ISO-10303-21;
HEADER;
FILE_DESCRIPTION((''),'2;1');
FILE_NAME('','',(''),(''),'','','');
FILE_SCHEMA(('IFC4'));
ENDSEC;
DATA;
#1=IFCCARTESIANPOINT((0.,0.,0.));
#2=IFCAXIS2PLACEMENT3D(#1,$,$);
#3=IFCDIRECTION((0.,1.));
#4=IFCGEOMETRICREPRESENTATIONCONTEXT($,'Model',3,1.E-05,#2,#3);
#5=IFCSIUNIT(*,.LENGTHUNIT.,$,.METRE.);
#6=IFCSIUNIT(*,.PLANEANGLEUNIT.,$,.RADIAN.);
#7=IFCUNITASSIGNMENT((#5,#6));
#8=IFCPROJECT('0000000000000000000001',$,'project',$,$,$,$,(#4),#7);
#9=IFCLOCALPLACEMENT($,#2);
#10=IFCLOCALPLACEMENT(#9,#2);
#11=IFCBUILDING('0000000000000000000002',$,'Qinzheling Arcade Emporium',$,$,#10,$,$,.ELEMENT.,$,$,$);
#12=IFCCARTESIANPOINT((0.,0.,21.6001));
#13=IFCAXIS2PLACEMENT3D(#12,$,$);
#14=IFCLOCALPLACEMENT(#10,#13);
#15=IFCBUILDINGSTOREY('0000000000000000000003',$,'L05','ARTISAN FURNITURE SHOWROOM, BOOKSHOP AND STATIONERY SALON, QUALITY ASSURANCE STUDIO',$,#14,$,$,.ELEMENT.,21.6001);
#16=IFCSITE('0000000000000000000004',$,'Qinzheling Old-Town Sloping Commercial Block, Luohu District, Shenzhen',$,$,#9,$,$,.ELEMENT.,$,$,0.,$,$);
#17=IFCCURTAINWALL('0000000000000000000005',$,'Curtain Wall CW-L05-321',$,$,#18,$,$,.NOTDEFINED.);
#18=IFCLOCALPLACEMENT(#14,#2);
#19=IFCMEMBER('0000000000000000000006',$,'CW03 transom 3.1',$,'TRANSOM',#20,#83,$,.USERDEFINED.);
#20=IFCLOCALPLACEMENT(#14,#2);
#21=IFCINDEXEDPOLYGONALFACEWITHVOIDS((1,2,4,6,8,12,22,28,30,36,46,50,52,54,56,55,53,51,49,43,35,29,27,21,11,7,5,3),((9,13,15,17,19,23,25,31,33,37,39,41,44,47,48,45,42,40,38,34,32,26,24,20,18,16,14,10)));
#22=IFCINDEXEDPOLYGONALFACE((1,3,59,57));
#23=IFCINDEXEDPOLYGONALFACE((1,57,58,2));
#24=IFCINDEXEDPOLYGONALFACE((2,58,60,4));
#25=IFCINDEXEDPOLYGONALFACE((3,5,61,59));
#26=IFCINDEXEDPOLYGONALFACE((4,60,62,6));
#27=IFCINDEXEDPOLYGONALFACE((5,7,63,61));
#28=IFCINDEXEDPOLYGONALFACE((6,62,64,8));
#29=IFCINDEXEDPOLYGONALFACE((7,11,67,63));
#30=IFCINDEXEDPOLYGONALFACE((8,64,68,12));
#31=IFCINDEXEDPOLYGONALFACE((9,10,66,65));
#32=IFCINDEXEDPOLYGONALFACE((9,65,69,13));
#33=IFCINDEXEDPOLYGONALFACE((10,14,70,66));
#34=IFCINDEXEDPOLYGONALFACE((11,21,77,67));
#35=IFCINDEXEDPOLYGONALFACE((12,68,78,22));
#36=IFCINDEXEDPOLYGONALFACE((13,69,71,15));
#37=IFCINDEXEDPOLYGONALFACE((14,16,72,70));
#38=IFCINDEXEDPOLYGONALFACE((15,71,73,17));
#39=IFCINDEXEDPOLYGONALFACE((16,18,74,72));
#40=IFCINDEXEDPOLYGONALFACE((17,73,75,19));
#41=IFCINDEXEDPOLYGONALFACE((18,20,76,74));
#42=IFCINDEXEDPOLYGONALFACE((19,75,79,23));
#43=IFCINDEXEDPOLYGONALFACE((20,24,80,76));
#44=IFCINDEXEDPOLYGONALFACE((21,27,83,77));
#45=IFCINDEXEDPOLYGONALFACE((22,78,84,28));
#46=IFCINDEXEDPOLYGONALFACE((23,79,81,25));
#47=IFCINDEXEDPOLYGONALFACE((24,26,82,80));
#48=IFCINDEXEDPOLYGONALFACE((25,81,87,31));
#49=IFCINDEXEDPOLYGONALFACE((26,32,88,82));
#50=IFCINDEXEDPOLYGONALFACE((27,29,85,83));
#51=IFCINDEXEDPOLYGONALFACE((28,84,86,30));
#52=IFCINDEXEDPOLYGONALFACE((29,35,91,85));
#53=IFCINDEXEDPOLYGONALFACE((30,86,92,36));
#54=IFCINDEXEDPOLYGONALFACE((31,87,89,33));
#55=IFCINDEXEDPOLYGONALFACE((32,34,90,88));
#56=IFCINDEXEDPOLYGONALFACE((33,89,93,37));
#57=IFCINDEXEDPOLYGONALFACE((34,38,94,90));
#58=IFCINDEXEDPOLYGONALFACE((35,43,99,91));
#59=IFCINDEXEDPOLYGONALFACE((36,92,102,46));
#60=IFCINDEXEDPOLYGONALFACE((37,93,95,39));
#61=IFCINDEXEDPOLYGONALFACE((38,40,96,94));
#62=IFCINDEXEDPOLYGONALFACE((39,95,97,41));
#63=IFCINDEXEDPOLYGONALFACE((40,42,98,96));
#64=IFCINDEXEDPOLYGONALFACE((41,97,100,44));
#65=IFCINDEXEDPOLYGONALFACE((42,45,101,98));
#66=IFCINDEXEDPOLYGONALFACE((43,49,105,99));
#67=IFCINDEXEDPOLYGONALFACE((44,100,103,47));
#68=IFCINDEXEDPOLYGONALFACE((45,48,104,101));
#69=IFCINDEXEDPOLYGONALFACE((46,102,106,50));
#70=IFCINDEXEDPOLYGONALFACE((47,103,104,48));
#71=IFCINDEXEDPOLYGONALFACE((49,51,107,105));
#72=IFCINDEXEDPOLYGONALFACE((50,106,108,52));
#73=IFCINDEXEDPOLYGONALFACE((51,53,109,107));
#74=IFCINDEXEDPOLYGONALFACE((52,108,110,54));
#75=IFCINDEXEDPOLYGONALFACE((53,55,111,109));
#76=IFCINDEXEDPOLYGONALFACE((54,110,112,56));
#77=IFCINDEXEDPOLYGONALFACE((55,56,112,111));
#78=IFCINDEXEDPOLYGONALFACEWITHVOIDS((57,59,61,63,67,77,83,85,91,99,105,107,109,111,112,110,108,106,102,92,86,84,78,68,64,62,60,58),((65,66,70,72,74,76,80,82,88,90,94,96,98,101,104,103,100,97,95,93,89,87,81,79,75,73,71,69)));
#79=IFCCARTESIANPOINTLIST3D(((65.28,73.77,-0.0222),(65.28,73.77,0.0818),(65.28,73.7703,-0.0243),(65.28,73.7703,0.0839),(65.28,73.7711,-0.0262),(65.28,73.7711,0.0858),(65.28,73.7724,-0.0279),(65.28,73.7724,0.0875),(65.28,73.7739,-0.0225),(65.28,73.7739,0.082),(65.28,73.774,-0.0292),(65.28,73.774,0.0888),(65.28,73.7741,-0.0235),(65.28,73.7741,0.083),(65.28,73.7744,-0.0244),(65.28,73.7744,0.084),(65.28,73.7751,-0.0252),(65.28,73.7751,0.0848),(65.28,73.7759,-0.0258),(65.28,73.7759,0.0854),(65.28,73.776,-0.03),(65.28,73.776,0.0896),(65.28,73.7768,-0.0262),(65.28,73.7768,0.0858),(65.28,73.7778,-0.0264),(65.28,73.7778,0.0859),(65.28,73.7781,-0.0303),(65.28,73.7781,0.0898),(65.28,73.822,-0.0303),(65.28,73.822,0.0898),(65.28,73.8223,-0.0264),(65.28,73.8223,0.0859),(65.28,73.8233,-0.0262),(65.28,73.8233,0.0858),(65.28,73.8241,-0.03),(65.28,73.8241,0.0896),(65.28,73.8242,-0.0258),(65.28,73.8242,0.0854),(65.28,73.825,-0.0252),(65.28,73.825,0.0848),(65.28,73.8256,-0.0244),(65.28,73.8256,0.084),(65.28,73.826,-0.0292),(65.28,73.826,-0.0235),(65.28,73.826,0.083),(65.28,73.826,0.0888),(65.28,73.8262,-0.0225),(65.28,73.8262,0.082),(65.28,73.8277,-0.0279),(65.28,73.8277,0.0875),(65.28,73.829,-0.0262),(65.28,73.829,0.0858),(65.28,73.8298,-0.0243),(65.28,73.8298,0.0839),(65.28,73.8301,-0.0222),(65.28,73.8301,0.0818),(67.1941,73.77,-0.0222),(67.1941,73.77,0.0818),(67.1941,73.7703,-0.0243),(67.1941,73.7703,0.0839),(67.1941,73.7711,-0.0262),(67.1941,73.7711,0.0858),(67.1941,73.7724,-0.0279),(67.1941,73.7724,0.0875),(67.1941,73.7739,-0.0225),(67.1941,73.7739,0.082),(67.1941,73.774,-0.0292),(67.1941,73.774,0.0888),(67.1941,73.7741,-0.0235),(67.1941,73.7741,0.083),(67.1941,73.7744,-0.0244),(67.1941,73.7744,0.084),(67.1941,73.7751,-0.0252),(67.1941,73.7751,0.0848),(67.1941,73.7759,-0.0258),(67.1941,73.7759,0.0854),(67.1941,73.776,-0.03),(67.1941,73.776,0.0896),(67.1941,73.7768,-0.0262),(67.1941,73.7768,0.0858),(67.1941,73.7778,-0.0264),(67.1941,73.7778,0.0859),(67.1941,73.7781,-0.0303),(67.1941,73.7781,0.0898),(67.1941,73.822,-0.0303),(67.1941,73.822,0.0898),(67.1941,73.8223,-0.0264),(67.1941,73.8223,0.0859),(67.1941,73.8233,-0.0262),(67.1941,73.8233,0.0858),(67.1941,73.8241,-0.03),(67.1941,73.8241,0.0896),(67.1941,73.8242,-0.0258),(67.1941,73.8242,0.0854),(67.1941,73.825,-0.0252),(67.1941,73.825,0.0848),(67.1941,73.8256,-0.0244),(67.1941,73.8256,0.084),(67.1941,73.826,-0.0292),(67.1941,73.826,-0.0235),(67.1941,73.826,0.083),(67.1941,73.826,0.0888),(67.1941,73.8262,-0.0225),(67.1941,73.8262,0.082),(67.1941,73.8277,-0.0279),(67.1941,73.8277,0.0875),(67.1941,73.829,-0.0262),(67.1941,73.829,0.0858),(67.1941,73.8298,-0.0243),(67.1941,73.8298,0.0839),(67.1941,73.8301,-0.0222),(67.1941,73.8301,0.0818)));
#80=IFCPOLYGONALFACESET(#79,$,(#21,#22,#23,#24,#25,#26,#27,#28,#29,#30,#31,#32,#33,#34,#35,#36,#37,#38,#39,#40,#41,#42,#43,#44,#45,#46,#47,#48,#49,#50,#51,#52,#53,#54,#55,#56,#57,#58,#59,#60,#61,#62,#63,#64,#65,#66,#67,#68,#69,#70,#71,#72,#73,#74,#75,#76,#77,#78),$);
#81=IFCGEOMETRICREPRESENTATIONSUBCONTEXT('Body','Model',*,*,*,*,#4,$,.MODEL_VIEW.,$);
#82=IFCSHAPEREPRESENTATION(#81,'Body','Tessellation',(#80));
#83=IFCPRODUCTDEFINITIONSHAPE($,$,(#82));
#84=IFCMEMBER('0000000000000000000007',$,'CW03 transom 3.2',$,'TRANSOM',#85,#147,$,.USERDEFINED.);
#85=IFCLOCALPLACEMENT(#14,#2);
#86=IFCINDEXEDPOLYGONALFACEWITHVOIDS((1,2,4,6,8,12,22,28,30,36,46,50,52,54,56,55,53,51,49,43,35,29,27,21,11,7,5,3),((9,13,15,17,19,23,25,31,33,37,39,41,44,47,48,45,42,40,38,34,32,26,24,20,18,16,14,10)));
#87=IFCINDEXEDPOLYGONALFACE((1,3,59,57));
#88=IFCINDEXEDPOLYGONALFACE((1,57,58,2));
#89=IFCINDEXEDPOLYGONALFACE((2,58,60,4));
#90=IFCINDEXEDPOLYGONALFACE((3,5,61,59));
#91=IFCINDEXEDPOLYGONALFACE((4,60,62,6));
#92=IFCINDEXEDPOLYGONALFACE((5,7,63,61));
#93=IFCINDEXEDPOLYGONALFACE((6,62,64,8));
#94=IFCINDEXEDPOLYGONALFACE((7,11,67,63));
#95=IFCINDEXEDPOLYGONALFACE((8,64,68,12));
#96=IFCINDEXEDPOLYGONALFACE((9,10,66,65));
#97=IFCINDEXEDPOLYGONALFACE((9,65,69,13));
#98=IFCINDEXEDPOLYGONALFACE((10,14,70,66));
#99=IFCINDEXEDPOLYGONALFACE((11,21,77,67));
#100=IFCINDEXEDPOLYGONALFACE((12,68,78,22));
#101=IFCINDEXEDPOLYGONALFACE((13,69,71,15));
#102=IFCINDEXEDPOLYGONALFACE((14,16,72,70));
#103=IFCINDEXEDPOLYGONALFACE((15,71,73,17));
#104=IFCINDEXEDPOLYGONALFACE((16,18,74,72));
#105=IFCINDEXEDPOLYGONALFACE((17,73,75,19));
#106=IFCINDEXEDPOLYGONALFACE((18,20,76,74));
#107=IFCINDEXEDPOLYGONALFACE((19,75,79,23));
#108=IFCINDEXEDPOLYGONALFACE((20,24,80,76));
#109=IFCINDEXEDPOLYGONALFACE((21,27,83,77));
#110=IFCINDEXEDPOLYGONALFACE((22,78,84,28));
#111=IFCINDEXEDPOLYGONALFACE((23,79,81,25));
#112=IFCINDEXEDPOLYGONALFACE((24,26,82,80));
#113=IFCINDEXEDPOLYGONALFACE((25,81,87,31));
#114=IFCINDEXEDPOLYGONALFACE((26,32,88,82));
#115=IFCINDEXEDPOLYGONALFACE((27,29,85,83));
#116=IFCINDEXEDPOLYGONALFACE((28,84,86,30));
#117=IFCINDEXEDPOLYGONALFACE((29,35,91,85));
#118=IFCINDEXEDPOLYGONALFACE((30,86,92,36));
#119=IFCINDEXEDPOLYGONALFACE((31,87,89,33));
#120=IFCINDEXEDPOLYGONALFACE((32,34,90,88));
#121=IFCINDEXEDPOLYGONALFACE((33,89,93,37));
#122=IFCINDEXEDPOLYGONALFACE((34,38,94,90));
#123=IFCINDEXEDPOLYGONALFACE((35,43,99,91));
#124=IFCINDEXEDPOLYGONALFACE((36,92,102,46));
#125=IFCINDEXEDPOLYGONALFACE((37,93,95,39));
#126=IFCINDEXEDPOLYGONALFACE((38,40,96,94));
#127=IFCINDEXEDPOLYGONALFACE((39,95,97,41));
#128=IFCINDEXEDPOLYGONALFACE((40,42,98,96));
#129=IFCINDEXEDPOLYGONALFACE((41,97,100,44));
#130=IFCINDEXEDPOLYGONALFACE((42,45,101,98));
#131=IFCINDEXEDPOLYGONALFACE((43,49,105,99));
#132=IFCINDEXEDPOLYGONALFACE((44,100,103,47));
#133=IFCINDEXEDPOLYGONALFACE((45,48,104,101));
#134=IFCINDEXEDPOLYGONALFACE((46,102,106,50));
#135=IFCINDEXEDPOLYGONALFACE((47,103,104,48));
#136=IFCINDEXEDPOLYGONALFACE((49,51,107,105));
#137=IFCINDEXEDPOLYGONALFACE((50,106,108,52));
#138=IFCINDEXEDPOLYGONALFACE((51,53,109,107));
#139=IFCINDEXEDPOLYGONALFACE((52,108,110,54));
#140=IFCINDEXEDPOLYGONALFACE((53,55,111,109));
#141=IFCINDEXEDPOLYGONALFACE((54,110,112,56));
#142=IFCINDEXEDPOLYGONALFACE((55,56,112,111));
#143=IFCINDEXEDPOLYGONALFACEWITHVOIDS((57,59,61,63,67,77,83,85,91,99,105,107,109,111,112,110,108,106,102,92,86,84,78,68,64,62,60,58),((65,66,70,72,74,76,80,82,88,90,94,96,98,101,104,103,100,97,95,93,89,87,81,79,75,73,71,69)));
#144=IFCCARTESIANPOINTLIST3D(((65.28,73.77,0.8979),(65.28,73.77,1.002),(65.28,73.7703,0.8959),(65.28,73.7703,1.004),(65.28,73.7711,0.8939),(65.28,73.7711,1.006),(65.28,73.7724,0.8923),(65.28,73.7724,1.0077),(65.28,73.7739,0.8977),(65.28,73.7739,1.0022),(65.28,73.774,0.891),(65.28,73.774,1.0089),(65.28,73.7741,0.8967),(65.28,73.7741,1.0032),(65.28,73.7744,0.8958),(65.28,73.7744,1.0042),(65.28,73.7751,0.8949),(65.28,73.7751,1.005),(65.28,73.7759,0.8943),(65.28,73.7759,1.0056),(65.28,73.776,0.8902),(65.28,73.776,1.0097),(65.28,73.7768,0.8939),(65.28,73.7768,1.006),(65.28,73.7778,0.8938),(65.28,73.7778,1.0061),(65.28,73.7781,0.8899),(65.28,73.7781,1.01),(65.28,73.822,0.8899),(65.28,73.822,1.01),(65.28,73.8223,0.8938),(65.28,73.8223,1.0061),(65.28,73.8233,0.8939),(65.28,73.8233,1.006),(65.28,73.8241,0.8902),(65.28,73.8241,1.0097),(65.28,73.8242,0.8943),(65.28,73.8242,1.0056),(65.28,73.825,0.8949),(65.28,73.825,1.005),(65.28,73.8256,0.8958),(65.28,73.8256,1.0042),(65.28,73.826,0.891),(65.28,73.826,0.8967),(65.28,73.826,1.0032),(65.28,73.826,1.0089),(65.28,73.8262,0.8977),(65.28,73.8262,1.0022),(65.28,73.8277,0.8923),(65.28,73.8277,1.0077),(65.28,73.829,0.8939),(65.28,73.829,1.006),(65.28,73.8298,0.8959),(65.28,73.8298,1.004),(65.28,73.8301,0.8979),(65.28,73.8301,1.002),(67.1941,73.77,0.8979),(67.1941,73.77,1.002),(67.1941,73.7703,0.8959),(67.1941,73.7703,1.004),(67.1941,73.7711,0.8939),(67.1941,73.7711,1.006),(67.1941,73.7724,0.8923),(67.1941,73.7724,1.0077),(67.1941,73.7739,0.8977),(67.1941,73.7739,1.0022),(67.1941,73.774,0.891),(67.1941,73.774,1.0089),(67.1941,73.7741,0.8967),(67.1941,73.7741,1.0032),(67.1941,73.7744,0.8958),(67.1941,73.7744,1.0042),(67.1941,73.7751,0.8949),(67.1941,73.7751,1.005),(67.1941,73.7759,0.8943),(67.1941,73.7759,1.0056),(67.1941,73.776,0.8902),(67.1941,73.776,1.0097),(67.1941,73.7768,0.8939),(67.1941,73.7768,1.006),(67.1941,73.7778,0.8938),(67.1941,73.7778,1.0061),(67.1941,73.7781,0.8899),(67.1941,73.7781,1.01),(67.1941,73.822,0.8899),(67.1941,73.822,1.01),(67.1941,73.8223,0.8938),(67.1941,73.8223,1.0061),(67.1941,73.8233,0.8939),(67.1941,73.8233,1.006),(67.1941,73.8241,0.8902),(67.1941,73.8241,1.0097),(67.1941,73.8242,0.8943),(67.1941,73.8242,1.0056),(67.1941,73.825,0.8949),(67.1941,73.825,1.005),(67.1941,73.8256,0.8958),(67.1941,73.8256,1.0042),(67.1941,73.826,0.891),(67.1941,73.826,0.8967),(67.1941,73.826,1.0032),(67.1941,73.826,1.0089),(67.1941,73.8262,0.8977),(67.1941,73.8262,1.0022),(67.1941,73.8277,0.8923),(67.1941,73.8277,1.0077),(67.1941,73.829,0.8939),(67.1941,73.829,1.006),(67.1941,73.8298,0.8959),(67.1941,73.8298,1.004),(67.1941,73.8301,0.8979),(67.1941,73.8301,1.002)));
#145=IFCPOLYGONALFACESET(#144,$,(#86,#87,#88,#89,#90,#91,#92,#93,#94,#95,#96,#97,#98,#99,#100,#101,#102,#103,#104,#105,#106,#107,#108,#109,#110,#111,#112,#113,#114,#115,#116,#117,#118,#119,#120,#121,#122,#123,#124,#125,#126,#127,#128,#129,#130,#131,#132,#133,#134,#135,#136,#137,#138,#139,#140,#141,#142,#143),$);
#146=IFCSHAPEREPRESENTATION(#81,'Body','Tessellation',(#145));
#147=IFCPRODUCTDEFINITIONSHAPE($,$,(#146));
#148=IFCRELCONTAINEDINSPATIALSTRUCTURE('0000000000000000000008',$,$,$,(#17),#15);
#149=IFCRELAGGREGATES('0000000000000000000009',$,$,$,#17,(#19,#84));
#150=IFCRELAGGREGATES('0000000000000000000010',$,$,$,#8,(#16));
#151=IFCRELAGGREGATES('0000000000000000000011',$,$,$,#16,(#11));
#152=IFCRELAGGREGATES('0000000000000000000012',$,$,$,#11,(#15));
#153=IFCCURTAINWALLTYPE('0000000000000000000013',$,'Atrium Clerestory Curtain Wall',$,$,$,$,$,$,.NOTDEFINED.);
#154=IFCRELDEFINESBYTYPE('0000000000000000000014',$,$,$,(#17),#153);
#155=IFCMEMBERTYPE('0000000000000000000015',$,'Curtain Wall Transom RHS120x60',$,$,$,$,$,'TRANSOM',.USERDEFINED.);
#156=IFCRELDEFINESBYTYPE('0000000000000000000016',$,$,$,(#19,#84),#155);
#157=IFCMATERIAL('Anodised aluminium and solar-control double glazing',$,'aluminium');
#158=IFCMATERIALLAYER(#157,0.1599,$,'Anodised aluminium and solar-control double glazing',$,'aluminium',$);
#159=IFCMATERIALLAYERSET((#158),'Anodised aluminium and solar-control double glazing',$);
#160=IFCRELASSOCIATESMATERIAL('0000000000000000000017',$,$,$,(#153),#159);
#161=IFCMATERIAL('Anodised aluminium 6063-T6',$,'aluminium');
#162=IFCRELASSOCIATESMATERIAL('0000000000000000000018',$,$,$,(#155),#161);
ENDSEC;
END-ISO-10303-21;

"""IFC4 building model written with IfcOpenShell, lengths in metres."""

from ifc_helpers import new_model, si_unit, direction, frame, origin, origin_2d, place, context, subcontext, project, spatial, hollow_rectangle, extrude, material, layer, layer_set, material_profile, profile_set, type_object, element, aggregate, save


model = new_model("IFC4")

# Units and contexts
model_context = context("Model", 3, precision=1e-05, world=origin(), true_north=direction((0.0, 1.0)))
body_context = subcontext(model_context, "Body", "Model", "MODEL_VIEW")
ifc_project = project(units=[si_unit("LENGTHUNIT", "METRE"), si_unit("PLANEANGLEUNIT", "RADIAN")], contexts=[model_context])

# Site, building, storey
site_placement = place(None, origin())
site = spatial("IfcSite", under=ifc_project, at=site_placement, Name="Qinzheling Old-Town Sloping Commercial Block, Luohu District, Shenzhen", CompositionType="ELEMENT", RefElevation=0.0)
building_placement = place(site_placement, origin())
building = spatial("IfcBuilding", under=site, at=building_placement, Name="Qinzheling Arcade Emporium", CompositionType="ELEMENT")
storey_placement = place(building_placement, frame((0.0, 0.0, 21.6001)))
storey = spatial("IfcBuildingStorey", under=building, at=storey_placement, Name="L05", Description="ARTISAN FURNITURE SHOWROOM, BOOKSHOP AND STATIONERY SALON, QUALITY ASSURANCE STUDIO", CompositionType="ELEMENT", Elevation=21.6001)

# Shared definitions
ifc_material_1 = material(Name="Anodised aluminium and solar-control double glazing", Category="aluminium")
ifc_layer_1 = layer(ifc_material_1, 0.1599, Name="Anodised aluminium and solar-control double glazing", Category="aluminium")
ifc_layer_set_1 = layer_set([ifc_layer_1], Name="Anodised aluminium and solar-control double glazing")
curtain_wall_type = type_object("IfcCurtainWallType", Name="Atrium Clerestory Curtain Wall", PredefinedType="NOTDEFINED", material=ifc_layer_set_1)
ifc_material_2 = material(Name="Anodised aluminium 6063-T6", Category="aluminium")

# Curtain wall
curtain_wall_1_placement = place(storey_placement, origin())
curtain_wall_1 = element("IfcCurtainWall", 1, at=curtain_wall_1_placement, inside=storey, type_object=curtain_wall_type, Name="Curtain Wall CW-L05-321", PredefinedType="NOTDEFINED")

# Members
ifc_material_profile_1 = material_profile(ifc_material_2, hollow_rectangle(XDim=0.0601, YDim=0.1201, WallThickness=0.0039, InnerFilletRadius=0.0039, OuterFilletRadius=0.0081, at=origin_2d()), Name="RHS 120x60x4", Category="aluminium")
ifc_profile_set_1 = profile_set([ifc_material_profile_1], Name="Anodised aluminium 6063-T6")
member_type_1 = type_object("IfcMemberType", Name="Curtain Wall Transom RHS120x60", ElementType="TRANSOM", PredefinedType="USERDEFINED", material=ifc_profile_set_1)
member_1_placement = place(storey_placement, frame((65.28, 73.8, 0.0298), z_axis=(1.0, 0.0, 0.0), x_axis=(0.0, 1.0, 0.0)))
member_1 = element("IfcMember", 2, at=member_1_placement, type_object=member_type_1, Name="CW03 transom 3.1", ObjectType="TRANSOM", PredefinedType="USERDEFINED", context=body_context, shape_type="SweptSolid", body=[
    extrude(hollow_rectangle(XDim=0.0601, YDim=0.1201, WallThickness=0.0039, InnerFilletRadius=0.0039, OuterFilletRadius=0.0081, at=origin_2d()), origin(), (0.0, 0.0, 1.0), 1.9141),
])
member_2_placement = place(storey_placement, frame((65.28, 73.8, 0.95), z_axis=(1.0, 0.0, 0.0), x_axis=(0.0, 1.0, 0.0)))
member_2 = element("IfcMember", 3, at=member_2_placement, type_object=member_type_1, Name="CW03 transom 3.2", ObjectType="TRANSOM", PredefinedType="USERDEFINED", context=body_context, shape_type="SweptSolid", body=[
    extrude(hollow_rectangle(XDim=0.0601, YDim=0.1201, WallThickness=0.0039, InnerFilletRadius=0.0039, OuterFilletRadius=0.0081, at=origin_2d()), origin(), (0.0, 0.0, 1.0), 1.9141),
])

aggregate(curtain_wall_1, [member_1, member_2])

save(model, "model.ifc")
